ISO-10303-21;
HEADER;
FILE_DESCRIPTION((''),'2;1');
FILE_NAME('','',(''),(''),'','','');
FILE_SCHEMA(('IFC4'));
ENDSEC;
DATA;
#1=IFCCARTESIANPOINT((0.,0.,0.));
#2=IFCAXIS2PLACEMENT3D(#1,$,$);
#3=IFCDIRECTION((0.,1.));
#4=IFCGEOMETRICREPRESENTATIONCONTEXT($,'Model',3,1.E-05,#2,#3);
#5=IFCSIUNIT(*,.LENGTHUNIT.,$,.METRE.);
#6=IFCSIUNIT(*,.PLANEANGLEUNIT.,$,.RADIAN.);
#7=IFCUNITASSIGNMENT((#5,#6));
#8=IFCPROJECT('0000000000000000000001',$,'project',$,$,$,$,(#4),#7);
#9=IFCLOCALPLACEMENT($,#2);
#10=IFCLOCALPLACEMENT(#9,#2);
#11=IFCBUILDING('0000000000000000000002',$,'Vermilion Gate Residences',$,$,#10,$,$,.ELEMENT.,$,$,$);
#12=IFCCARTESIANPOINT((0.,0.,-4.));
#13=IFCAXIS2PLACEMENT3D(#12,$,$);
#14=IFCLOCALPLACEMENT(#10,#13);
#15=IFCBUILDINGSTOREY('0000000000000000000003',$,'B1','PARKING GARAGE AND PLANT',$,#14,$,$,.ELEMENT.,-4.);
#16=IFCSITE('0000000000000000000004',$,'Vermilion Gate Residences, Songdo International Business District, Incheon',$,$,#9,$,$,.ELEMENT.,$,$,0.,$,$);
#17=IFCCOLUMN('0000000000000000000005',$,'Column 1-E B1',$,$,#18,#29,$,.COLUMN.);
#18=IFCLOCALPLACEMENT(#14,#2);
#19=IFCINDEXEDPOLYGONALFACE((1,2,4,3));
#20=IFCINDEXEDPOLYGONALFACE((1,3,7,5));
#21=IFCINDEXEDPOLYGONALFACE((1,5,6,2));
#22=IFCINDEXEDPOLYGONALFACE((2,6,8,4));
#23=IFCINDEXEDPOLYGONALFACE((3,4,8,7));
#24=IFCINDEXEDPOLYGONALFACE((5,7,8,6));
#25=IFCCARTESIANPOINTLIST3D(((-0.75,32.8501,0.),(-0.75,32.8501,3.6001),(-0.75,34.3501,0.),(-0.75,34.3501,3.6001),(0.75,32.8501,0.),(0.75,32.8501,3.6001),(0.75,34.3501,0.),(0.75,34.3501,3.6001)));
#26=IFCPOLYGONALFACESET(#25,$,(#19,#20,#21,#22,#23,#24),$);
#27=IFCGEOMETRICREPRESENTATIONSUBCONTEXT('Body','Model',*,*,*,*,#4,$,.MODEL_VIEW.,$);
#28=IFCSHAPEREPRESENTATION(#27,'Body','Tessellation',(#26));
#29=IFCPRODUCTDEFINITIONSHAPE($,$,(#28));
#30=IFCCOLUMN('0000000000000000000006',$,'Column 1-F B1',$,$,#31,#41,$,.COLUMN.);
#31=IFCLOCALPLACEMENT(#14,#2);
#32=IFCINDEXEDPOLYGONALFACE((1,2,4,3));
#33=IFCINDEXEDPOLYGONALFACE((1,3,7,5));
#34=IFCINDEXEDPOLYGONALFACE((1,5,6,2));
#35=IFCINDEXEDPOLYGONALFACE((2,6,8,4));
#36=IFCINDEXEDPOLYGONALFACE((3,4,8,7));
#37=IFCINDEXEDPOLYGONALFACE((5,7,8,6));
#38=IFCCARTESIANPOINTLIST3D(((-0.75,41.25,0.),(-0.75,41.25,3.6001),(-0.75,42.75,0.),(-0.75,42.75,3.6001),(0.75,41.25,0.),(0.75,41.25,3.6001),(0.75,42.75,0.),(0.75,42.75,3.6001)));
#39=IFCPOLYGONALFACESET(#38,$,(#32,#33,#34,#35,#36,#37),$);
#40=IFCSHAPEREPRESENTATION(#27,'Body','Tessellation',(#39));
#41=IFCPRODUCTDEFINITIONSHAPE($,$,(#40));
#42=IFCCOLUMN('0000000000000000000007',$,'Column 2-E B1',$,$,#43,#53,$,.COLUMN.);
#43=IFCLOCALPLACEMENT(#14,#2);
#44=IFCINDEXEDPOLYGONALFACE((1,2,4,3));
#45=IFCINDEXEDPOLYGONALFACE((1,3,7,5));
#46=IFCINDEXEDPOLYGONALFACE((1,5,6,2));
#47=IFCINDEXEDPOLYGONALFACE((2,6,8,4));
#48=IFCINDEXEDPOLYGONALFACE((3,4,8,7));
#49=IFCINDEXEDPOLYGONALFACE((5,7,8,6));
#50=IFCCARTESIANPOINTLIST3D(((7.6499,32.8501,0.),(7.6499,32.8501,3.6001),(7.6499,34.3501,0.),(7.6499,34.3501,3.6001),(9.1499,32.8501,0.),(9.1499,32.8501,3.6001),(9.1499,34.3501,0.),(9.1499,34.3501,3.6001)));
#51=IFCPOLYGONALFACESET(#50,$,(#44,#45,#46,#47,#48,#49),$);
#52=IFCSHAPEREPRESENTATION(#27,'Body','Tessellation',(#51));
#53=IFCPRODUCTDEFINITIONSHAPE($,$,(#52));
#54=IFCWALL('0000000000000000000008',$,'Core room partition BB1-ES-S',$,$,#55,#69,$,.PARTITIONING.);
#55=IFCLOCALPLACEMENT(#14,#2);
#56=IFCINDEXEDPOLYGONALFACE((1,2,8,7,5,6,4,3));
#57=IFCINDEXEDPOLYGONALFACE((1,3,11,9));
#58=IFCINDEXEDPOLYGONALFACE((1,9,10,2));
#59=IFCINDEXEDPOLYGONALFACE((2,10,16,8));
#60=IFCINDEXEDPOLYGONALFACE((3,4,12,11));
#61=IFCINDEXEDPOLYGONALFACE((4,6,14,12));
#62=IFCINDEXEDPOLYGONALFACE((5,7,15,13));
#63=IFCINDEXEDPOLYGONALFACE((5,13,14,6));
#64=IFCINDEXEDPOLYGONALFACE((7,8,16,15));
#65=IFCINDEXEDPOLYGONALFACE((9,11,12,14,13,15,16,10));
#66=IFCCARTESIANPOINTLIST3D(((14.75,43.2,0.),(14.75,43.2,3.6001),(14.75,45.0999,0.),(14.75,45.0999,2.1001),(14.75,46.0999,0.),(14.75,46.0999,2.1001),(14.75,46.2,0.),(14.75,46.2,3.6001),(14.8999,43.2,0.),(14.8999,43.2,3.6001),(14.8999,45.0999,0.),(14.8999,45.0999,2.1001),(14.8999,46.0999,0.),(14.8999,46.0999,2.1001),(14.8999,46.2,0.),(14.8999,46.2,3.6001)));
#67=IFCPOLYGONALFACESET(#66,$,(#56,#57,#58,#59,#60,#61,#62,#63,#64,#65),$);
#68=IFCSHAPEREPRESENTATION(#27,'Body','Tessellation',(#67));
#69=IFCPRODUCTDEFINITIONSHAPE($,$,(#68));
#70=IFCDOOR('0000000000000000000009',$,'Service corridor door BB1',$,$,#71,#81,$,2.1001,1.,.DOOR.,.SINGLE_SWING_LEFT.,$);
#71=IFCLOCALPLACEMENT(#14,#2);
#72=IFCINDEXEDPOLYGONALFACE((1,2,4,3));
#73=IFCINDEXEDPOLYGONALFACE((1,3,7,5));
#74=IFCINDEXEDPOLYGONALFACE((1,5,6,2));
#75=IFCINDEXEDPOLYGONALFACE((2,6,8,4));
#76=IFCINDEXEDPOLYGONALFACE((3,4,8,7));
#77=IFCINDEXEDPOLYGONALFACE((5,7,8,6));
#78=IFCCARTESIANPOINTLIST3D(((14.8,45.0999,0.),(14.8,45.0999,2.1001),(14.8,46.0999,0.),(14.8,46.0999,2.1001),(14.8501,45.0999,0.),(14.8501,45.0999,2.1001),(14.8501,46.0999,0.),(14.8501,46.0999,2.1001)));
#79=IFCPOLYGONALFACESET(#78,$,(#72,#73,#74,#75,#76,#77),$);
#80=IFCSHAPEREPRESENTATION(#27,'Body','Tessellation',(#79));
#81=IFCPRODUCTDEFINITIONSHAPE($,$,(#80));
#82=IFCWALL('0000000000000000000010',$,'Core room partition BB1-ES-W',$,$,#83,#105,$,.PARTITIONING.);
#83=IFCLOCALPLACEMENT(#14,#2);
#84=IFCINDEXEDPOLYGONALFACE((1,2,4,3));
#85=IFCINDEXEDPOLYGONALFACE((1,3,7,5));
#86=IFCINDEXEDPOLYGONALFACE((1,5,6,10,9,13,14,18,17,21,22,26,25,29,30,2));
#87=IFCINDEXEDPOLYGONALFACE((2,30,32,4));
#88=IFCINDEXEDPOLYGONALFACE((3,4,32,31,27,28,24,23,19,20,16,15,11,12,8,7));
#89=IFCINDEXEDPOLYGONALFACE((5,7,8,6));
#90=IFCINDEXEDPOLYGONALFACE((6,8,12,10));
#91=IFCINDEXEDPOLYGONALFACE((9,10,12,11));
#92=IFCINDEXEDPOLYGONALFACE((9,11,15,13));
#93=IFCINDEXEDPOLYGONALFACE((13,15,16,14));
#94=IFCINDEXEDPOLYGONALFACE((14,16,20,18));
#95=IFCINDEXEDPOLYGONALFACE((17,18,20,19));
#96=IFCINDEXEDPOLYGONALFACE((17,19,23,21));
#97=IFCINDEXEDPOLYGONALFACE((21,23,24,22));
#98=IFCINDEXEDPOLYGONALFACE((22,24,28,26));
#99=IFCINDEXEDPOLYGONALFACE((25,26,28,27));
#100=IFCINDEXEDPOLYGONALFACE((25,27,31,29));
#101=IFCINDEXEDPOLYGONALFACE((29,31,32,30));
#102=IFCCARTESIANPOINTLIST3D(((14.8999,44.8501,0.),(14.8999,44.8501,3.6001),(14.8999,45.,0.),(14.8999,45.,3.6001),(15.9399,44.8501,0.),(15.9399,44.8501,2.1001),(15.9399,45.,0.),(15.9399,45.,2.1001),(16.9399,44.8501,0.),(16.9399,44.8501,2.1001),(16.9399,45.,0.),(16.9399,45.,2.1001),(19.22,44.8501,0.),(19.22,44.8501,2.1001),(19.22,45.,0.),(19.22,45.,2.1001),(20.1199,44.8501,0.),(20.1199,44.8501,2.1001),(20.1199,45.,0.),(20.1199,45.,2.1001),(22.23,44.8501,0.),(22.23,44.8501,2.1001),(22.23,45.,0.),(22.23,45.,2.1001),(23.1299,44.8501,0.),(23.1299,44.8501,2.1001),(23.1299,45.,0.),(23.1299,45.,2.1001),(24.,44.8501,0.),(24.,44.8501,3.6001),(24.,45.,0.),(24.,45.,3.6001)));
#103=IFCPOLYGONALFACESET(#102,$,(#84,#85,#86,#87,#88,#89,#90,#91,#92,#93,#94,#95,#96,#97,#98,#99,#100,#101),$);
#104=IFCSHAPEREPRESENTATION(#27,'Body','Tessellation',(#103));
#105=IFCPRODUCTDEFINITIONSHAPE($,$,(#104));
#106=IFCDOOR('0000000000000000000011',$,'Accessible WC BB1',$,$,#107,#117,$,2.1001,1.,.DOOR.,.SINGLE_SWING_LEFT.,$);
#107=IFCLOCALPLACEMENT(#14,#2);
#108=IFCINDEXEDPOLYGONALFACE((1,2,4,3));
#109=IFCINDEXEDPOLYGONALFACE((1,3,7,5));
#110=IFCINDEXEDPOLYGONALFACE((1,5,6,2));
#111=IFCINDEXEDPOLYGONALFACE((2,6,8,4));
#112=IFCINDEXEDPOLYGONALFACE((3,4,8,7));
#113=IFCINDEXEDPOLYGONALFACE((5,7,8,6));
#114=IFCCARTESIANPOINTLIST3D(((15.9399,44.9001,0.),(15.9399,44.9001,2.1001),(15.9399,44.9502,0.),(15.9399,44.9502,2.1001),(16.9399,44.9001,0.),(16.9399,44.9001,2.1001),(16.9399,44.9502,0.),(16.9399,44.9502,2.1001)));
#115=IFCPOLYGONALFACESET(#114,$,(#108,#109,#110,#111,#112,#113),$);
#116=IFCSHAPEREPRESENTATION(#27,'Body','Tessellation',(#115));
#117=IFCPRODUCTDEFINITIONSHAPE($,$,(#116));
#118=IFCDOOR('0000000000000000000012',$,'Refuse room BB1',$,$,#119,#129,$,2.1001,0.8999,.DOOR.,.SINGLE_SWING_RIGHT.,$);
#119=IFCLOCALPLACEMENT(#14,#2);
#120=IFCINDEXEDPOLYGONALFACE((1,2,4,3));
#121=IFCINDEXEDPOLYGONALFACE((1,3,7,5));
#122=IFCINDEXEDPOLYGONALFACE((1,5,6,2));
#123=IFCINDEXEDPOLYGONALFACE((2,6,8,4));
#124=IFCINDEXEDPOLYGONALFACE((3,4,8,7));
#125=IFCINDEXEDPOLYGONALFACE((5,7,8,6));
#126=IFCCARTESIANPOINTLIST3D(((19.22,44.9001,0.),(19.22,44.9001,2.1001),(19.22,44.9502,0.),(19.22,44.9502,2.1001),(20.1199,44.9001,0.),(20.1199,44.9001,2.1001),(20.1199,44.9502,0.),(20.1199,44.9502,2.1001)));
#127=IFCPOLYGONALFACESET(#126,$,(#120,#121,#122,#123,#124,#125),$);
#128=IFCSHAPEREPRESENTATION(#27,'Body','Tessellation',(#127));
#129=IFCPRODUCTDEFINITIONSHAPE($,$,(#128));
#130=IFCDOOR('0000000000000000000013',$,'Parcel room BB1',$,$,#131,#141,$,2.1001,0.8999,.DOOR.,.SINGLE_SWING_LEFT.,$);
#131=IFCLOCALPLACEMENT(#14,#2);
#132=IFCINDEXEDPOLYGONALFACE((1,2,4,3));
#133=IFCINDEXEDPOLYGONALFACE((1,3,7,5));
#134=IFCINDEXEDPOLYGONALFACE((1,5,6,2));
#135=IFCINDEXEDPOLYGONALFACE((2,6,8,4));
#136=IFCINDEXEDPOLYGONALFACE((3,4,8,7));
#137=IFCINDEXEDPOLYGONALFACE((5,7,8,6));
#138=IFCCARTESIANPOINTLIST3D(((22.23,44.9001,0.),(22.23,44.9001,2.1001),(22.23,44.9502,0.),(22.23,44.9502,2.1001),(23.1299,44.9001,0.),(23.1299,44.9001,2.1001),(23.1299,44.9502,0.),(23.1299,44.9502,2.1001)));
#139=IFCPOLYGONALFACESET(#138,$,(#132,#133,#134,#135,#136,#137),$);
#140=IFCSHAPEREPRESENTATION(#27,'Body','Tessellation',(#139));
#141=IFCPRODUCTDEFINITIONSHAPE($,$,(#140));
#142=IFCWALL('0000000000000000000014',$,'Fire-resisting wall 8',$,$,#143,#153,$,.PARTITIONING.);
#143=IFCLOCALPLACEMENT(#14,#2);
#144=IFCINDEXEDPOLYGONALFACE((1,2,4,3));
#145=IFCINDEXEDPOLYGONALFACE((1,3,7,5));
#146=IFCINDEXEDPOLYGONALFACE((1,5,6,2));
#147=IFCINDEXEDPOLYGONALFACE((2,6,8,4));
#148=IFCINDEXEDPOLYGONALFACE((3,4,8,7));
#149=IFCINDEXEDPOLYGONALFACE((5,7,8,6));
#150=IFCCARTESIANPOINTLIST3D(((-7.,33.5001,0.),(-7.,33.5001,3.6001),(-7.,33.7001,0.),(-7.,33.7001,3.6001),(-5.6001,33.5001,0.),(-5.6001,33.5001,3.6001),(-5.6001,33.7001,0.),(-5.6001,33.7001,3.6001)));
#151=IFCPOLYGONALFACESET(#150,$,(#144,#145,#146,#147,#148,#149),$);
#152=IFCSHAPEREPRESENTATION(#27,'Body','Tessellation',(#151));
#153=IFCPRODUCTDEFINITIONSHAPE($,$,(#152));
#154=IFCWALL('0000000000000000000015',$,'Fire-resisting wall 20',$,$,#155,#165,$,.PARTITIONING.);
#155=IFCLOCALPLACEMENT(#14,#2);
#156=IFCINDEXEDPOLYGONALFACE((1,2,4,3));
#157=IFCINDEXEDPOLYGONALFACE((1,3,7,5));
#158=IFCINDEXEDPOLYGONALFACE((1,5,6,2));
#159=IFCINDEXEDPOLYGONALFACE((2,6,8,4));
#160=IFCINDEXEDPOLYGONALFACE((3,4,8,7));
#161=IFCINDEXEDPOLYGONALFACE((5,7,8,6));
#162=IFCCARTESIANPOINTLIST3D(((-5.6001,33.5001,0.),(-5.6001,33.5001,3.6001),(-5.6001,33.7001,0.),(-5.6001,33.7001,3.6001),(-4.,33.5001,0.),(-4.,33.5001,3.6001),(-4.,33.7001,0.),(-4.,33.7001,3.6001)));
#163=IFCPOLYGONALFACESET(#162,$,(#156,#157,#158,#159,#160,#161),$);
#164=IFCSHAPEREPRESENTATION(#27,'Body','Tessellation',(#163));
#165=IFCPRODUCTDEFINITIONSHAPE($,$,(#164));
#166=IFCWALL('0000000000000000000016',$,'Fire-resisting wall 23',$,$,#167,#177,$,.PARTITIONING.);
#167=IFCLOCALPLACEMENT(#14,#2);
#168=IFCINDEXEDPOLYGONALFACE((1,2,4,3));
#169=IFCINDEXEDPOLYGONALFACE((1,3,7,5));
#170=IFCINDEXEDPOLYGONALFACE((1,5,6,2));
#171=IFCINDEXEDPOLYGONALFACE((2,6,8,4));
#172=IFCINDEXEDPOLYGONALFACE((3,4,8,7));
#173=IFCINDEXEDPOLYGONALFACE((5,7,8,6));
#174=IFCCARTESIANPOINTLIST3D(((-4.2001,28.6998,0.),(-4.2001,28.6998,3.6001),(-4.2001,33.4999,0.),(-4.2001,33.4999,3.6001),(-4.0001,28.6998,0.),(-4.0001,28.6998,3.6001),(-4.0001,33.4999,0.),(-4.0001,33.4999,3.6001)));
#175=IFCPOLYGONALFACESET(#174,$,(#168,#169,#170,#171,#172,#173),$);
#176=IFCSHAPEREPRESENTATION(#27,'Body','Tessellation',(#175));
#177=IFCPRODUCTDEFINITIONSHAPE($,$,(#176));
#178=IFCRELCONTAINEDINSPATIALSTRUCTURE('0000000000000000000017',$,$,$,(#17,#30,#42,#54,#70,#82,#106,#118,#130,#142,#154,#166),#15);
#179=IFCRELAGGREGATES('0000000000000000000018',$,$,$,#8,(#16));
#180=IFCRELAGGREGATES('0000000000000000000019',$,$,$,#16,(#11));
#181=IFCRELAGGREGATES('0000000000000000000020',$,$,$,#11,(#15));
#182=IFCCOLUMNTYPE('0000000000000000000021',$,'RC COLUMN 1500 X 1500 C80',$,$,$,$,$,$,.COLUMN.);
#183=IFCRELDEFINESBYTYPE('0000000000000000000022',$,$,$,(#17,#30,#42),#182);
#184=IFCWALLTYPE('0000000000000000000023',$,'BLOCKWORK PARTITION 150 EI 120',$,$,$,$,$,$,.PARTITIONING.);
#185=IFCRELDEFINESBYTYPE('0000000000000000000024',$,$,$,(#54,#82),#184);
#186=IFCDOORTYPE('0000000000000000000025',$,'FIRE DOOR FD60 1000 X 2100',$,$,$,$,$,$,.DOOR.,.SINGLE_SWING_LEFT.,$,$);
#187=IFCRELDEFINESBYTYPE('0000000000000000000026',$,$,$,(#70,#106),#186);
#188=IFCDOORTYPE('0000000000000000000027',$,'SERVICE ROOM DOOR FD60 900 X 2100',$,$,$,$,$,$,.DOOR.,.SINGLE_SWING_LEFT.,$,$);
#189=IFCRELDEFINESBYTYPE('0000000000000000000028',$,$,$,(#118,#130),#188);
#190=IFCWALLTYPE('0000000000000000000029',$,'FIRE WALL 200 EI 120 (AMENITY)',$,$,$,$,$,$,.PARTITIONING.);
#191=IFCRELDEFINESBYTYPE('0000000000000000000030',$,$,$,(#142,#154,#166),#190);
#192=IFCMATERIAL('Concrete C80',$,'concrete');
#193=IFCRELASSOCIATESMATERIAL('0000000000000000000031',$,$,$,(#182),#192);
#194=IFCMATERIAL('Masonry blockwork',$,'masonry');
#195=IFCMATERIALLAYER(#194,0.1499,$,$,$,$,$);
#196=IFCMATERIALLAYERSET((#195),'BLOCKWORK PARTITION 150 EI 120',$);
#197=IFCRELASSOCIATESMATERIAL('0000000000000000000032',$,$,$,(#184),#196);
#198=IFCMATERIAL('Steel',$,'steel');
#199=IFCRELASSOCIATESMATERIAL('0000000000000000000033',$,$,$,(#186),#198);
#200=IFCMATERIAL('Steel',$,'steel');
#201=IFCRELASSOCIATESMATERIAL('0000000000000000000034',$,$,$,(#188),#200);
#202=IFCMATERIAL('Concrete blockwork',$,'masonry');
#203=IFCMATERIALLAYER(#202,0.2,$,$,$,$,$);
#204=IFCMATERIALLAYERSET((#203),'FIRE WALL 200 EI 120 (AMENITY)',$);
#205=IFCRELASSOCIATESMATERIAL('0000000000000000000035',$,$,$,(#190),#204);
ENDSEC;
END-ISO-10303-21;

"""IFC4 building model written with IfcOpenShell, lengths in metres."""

from ifc_helpers import new_model, si_unit, direction, frame, frame_2d, origin, origin_2d, place, context, subcontext, project, spatial, rectangle, extrude, material, layer, layer_set, material_profile, profile_set, type_object, element, fill, save


model = new_model("IFC4")

# Units and contexts
model_context = context("Model", 3, precision=1e-05, world=origin(), true_north=direction((0.0, 1.0)))
body_context = subcontext(model_context, "Body", "Model", "MODEL_VIEW")
ifc_project = project(units=[si_unit("LENGTHUNIT", "METRE"), si_unit("PLANEANGLEUNIT", "RADIAN")], contexts=[model_context])

# Site, building, storey
site_placement = place(None, origin())
site = spatial("IfcSite", under=ifc_project, at=site_placement, Name="Vermilion Gate Residences, Songdo International Business District, Incheon", CompositionType="ELEMENT", RefElevation=0.0)
building_placement = place(site_placement, origin())
building = spatial("IfcBuilding", under=site, at=building_placement, Name="Vermilion Gate Residences", CompositionType="ELEMENT")
storey_placement = place(building_placement, frame((0.0, 0.0, -4.0)))
storey = spatial("IfcBuildingStorey", under=building, at=storey_placement, Name="B1", Description="PARKING GARAGE AND PLANT", CompositionType="ELEMENT", Elevation=-4.0)

# Columns
ifc_material_1 = material(Name="Concrete C80", Category="concrete")
ifc_material_profile = material_profile(ifc_material_1, rectangle(XDim=1.5, YDim=1.5, at=origin_2d()), Name="RC-1500x1500")
ifc_profile_set = profile_set([ifc_material_profile], Name="Concrete C80")
column_type = type_object("IfcColumnType", Name="RC COLUMN 1500 X 1500 C80", PredefinedType="COLUMN", material=ifc_profile_set)
for number, where, z_axis, x_axis, name in (
    (1, (0.0, 33.6001, 0.0), (0.0, 0.0, 1.0), (1.0, 0.0, 0.0), "Column 1-E B1"),
    (2, (0.0, 42.0, 0.0), (0.0, 0.0, 1.0), (1.0, 0.0, 0.0), "Column 1-F B1"),
    (3, (8.3999, 33.6001, 0.0), (0.0, 0.0, 1.0), (1.0, 0.0, 0.0), "Column 2-E B1"),
):
    element("IfcColumn", number, at=place(storey_placement, frame(where, z_axis=z_axis, x_axis=x_axis)), inside=storey, type_object=column_type, Name=name, PredefinedType="COLUMN", context=body_context, shape_type="SweptSolid", body=[
        extrude(rectangle(XDim=1.5, YDim=1.5, at=origin_2d()), origin(), (0.0, 0.0, 1.0), 3.6001),
    ])

# Wall, opening, door
ifc_material_2 = material(Name="Masonry blockwork", Category="masonry")
ifc_layer_1 = layer(ifc_material_2, 0.1499)
ifc_layer_set_1 = layer_set([ifc_layer_1], Name="BLOCKWORK PARTITION 150 EI 120")
wall_type_1 = type_object("IfcWallType", Name="BLOCKWORK PARTITION 150 EI 120", PredefinedType="PARTITIONING", material=ifc_layer_set_1)
wall_1_placement = place(storey_placement, frame((14.825, 46.2, 0.0), z_axis=(0.0, 0.0, 1.0), x_axis=(0.0, -1.0, 0.0)))
wall_1 = element("IfcWall", 4, at=wall_1_placement, inside=storey, type_object=wall_type_1, Name="Core room partition BB1-ES-S", PredefinedType="PARTITIONING", context=body_context, shape_type="SweptSolid", body=[
    extrude(rectangle(XDim=3.0, YDim=0.1499, at=frame_2d((1.5, 0.0))), origin(), (0.0, 0.0, 1.0), 3.6001),
])
opening_1_placement = place(wall_1_placement, frame((0.1001, 0.0, 0.0)))
opening_1 = element("IfcOpeningElement", 5, at=opening_1_placement, cuts=wall_1, PredefinedType="OPENING", context=body_context, shape_type="SweptSolid", body=[
    extrude(rectangle(XDim=1.0, YDim=2.1001, at=frame_2d((0.5, 1.05))), frame((0.0, 0.085, 0.0), z_axis=(0.0, -1.0, 0.0), x_axis=(1.0, 0.0, 0.0)), (0.0, 0.0, 1.0), 0.1699),
])
ifc_material_3 = material(Name="Steel", Category="steel")
door_type_1 = type_object("IfcDoorType", Name="FIRE DOOR FD60 1000 X 2100", OperationType="SINGLE_SWING_LEFT", PredefinedType="DOOR", material=ifc_material_3)
door_1_placement = place(opening_1_placement, frame((1.0, 0.0, 0.0), z_axis=(0.0, 0.0, 1.0), x_axis=(-1.0, 0.0, 0.0)))
door_1 = element("IfcDoor", 6, at=door_1_placement, inside=storey, type_object=door_type_1, Name="Service corridor door BB1", OperationType="SINGLE_SWING_LEFT", OverallHeight=2.1001, OverallWidth=1.0, PredefinedType="DOOR", context=body_context, shape_type="SweptSolid", body=[
    extrude(rectangle(XDim=1.0, YDim=2.1001, at=frame_2d((0.5, 1.05))), frame((0.0, 0.0249, 0.0), z_axis=(0.0, -1.0, 0.0), x_axis=(1.0, 0.0, 0.0)), (0.0, 0.0, 1.0), 0.05),
])
fill(opening_1, door_1)

# Wall, openings, doors
wall_2_placement = place(storey_placement, frame((14.8999, 44.925, 0.0), z_axis=(0.0, 0.0, 1.0), x_axis=(1.0, 0.0, 0.0)))
wall_2 = element("IfcWall", 7, at=wall_2_placement, inside=storey, type_object=wall_type_1, Name="Core room partition BB1-ES-W", PredefinedType="PARTITIONING", context=body_context, shape_type="SweptSolid", body=[
    extrude(rectangle(XDim=9.1001, YDim=0.1499, at=frame_2d((4.55, 0.0))), origin(), (0.0, 0.0, 1.0), 3.6001),
])
opening_2_placement = place(wall_2_placement, frame((1.04, 0.0, 0.0)))
opening_2 = element("IfcOpeningElement", 8, at=opening_2_placement, cuts=wall_2, PredefinedType="OPENING", context=body_context, shape_type="SweptSolid", body=[
    extrude(rectangle(XDim=1.0, YDim=2.1001, at=frame_2d((0.5, 1.05))), frame((0.0, 0.085, 0.0), z_axis=(0.0, -1.0, 0.0), x_axis=(1.0, 0.0, 0.0)), (0.0, 0.0, 1.0), 0.1699),
])
opening_3_placement = place(wall_2_placement, frame((4.3201, 0.0, 0.0)))
opening_3 = element("IfcOpeningElement", 9, at=opening_3_placement, cuts=wall_2, PredefinedType="OPENING", context=body_context, shape_type="SweptSolid", body=[
    extrude(rectangle(XDim=0.8999, YDim=2.1001, at=frame_2d((0.45, 1.05))), frame((0.0, 0.085, 0.0), z_axis=(0.0, -1.0, 0.0), x_axis=(1.0, 0.0, 0.0)), (0.0, 0.0, 1.0), 0.1699),
])
opening_4_placement = place(wall_2_placement, frame((7.3301, 0.0, 0.0)))
opening_4 = element("IfcOpeningElement", 10, at=opening_4_placement, cuts=wall_2, PredefinedType="OPENING", context=body_context, shape_type="SweptSolid", body=[
    extrude(rectangle(XDim=0.8999, YDim=2.1001, at=frame_2d((0.45, 1.05))), frame((0.0, 0.085, 0.0), z_axis=(0.0, -1.0, 0.0), x_axis=(1.0, 0.0, 0.0)), (0.0, 0.0, 1.0), 0.1699),
])
door_2_placement = place(opening_2_placement, frame((1.0, 0.0, 0.0), z_axis=(0.0, 0.0, 1.0), x_axis=(-1.0, 0.0, 0.0)))
door_2 = element("IfcDoor", 11, at=door_2_placement, inside=storey, type_object=door_type_1, Name="Accessible WC BB1", OperationType="SINGLE_SWING_LEFT", OverallHeight=2.1001, OverallWidth=1.0, PredefinedType="DOOR", context=body_context, shape_type="SweptSolid", body=[
    extrude(rectangle(XDim=1.0, YDim=2.1001, at=frame_2d((0.5, 1.05))), frame((0.0, 0.0249, 0.0), z_axis=(0.0, -1.0, 0.0), x_axis=(1.0, 0.0, 0.0)), (0.0, 0.0, 1.0), 0.05),
])
fill(opening_2, door_2)
ifc_material_4 = material(Name="Steel", Category="steel")
door_type_2 = type_object("IfcDoorType", Name="SERVICE ROOM DOOR FD60 900 X 2100", OperationType="SINGLE_SWING_LEFT", PredefinedType="DOOR", material=ifc_material_4)
door_3_placement = place(opening_3_placement, frame((0.8999, 0.0, 0.0), z_axis=(0.0, 0.0, 1.0), x_axis=(-1.0, 0.0, 0.0)))
door_3 = element("IfcDoor", 12, at=door_3_placement, inside=storey, type_object=door_type_2, Name="Refuse room BB1", OperationType="SINGLE_SWING_RIGHT", OverallHeight=2.1001, OverallWidth=0.8999, PredefinedType="DOOR", context=body_context, shape_type="SweptSolid", body=[
    extrude(rectangle(XDim=0.8999, YDim=2.1001, at=frame_2d((0.45, 1.05))), frame((0.0, 0.0249, 0.0), z_axis=(0.0, -1.0, 0.0), x_axis=(1.0, 0.0, 0.0)), (0.0, 0.0, 1.0), 0.05),
])
fill(opening_3, door_3)
door_4_placement = place(opening_4_placement, frame((0.8999, 0.0, 0.0), z_axis=(0.0, 0.0, 1.0), x_axis=(-1.0, 0.0, 0.0)))
door_4 = element("IfcDoor", 13, at=door_4_placement, inside=storey, type_object=door_type_2, Name="Parcel room BB1", OperationType="SINGLE_SWING_LEFT", OverallHeight=2.1001, OverallWidth=0.8999, PredefinedType="DOOR", context=body_context, shape_type="SweptSolid", body=[
    extrude(rectangle(XDim=0.8999, YDim=2.1001, at=frame_2d((0.45, 1.05))), frame((0.0, 0.0249, 0.0), z_axis=(0.0, -1.0, 0.0), x_axis=(1.0, 0.0, 0.0)), (0.0, 0.0, 1.0), 0.05),
])
fill(opening_4, door_4)

# Walls
ifc_material_5 = material(Name="Concrete blockwork", Category="masonry")
ifc_layer_2 = layer(ifc_material_5, 0.2)
ifc_layer_set_2 = layer_set([ifc_layer_2], Name="FIRE WALL 200 EI 120 (AMENITY)")
wall_type_2 = type_object("IfcWallType", Name="FIRE WALL 200 EI 120 (AMENITY)", PredefinedType="PARTITIONING", material=ifc_layer_set_2)
wall_3_placement = place(storey_placement, frame((-7.0, 33.6001, 0.0), z_axis=(0.0, 0.0, 1.0), x_axis=(1.0, 0.0, 0.0)))
element("IfcWall", 14, at=wall_3_placement, inside=storey, type_object=wall_type_2, Name="Fire-resisting wall 8", PredefinedType="PARTITIONING", context=body_context, shape_type="SweptSolid", body=[
    extrude(rectangle(XDim=1.3999, YDim=0.2, at=frame_2d((0.7, 0.0))), origin(), (0.0, 0.0, 1.0), 3.6001),
])
wall_4_placement = place(storey_placement, frame((-5.6001, 33.6001, 0.0), z_axis=(0.0, 0.0, 1.0), x_axis=(1.0, 0.0, 0.0)))
element("IfcWall", 15, at=wall_4_placement, inside=storey, type_object=wall_type_2, Name="Fire-resisting wall 20", PredefinedType="PARTITIONING", context=body_context, shape_type="SweptSolid", body=[
    extrude(rectangle(XDim=1.6001, YDim=0.2, at=frame_2d((0.8, 0.0))), origin(), (0.0, 0.0, 1.0), 3.6001),
])
wall_5_placement = place(storey_placement, frame((-4.1001, 28.7, 0.0), z_axis=(0.0, 0.0, 1.0), x_axis=(0.0, 1.0, 0.0)))
element("IfcWall", 16, at=wall_5_placement, inside=storey, type_object=wall_type_2, Name="Fire-resisting wall 23", PredefinedType="PARTITIONING", context=body_context, shape_type="SweptSolid", body=[
    extrude(rectangle(XDim=4.8, YDim=0.2, at=frame_2d((2.3999, 0.0))), origin(), (0.0, 0.0, 1.0), 3.6001),
])

save(model, "model.ifc")
